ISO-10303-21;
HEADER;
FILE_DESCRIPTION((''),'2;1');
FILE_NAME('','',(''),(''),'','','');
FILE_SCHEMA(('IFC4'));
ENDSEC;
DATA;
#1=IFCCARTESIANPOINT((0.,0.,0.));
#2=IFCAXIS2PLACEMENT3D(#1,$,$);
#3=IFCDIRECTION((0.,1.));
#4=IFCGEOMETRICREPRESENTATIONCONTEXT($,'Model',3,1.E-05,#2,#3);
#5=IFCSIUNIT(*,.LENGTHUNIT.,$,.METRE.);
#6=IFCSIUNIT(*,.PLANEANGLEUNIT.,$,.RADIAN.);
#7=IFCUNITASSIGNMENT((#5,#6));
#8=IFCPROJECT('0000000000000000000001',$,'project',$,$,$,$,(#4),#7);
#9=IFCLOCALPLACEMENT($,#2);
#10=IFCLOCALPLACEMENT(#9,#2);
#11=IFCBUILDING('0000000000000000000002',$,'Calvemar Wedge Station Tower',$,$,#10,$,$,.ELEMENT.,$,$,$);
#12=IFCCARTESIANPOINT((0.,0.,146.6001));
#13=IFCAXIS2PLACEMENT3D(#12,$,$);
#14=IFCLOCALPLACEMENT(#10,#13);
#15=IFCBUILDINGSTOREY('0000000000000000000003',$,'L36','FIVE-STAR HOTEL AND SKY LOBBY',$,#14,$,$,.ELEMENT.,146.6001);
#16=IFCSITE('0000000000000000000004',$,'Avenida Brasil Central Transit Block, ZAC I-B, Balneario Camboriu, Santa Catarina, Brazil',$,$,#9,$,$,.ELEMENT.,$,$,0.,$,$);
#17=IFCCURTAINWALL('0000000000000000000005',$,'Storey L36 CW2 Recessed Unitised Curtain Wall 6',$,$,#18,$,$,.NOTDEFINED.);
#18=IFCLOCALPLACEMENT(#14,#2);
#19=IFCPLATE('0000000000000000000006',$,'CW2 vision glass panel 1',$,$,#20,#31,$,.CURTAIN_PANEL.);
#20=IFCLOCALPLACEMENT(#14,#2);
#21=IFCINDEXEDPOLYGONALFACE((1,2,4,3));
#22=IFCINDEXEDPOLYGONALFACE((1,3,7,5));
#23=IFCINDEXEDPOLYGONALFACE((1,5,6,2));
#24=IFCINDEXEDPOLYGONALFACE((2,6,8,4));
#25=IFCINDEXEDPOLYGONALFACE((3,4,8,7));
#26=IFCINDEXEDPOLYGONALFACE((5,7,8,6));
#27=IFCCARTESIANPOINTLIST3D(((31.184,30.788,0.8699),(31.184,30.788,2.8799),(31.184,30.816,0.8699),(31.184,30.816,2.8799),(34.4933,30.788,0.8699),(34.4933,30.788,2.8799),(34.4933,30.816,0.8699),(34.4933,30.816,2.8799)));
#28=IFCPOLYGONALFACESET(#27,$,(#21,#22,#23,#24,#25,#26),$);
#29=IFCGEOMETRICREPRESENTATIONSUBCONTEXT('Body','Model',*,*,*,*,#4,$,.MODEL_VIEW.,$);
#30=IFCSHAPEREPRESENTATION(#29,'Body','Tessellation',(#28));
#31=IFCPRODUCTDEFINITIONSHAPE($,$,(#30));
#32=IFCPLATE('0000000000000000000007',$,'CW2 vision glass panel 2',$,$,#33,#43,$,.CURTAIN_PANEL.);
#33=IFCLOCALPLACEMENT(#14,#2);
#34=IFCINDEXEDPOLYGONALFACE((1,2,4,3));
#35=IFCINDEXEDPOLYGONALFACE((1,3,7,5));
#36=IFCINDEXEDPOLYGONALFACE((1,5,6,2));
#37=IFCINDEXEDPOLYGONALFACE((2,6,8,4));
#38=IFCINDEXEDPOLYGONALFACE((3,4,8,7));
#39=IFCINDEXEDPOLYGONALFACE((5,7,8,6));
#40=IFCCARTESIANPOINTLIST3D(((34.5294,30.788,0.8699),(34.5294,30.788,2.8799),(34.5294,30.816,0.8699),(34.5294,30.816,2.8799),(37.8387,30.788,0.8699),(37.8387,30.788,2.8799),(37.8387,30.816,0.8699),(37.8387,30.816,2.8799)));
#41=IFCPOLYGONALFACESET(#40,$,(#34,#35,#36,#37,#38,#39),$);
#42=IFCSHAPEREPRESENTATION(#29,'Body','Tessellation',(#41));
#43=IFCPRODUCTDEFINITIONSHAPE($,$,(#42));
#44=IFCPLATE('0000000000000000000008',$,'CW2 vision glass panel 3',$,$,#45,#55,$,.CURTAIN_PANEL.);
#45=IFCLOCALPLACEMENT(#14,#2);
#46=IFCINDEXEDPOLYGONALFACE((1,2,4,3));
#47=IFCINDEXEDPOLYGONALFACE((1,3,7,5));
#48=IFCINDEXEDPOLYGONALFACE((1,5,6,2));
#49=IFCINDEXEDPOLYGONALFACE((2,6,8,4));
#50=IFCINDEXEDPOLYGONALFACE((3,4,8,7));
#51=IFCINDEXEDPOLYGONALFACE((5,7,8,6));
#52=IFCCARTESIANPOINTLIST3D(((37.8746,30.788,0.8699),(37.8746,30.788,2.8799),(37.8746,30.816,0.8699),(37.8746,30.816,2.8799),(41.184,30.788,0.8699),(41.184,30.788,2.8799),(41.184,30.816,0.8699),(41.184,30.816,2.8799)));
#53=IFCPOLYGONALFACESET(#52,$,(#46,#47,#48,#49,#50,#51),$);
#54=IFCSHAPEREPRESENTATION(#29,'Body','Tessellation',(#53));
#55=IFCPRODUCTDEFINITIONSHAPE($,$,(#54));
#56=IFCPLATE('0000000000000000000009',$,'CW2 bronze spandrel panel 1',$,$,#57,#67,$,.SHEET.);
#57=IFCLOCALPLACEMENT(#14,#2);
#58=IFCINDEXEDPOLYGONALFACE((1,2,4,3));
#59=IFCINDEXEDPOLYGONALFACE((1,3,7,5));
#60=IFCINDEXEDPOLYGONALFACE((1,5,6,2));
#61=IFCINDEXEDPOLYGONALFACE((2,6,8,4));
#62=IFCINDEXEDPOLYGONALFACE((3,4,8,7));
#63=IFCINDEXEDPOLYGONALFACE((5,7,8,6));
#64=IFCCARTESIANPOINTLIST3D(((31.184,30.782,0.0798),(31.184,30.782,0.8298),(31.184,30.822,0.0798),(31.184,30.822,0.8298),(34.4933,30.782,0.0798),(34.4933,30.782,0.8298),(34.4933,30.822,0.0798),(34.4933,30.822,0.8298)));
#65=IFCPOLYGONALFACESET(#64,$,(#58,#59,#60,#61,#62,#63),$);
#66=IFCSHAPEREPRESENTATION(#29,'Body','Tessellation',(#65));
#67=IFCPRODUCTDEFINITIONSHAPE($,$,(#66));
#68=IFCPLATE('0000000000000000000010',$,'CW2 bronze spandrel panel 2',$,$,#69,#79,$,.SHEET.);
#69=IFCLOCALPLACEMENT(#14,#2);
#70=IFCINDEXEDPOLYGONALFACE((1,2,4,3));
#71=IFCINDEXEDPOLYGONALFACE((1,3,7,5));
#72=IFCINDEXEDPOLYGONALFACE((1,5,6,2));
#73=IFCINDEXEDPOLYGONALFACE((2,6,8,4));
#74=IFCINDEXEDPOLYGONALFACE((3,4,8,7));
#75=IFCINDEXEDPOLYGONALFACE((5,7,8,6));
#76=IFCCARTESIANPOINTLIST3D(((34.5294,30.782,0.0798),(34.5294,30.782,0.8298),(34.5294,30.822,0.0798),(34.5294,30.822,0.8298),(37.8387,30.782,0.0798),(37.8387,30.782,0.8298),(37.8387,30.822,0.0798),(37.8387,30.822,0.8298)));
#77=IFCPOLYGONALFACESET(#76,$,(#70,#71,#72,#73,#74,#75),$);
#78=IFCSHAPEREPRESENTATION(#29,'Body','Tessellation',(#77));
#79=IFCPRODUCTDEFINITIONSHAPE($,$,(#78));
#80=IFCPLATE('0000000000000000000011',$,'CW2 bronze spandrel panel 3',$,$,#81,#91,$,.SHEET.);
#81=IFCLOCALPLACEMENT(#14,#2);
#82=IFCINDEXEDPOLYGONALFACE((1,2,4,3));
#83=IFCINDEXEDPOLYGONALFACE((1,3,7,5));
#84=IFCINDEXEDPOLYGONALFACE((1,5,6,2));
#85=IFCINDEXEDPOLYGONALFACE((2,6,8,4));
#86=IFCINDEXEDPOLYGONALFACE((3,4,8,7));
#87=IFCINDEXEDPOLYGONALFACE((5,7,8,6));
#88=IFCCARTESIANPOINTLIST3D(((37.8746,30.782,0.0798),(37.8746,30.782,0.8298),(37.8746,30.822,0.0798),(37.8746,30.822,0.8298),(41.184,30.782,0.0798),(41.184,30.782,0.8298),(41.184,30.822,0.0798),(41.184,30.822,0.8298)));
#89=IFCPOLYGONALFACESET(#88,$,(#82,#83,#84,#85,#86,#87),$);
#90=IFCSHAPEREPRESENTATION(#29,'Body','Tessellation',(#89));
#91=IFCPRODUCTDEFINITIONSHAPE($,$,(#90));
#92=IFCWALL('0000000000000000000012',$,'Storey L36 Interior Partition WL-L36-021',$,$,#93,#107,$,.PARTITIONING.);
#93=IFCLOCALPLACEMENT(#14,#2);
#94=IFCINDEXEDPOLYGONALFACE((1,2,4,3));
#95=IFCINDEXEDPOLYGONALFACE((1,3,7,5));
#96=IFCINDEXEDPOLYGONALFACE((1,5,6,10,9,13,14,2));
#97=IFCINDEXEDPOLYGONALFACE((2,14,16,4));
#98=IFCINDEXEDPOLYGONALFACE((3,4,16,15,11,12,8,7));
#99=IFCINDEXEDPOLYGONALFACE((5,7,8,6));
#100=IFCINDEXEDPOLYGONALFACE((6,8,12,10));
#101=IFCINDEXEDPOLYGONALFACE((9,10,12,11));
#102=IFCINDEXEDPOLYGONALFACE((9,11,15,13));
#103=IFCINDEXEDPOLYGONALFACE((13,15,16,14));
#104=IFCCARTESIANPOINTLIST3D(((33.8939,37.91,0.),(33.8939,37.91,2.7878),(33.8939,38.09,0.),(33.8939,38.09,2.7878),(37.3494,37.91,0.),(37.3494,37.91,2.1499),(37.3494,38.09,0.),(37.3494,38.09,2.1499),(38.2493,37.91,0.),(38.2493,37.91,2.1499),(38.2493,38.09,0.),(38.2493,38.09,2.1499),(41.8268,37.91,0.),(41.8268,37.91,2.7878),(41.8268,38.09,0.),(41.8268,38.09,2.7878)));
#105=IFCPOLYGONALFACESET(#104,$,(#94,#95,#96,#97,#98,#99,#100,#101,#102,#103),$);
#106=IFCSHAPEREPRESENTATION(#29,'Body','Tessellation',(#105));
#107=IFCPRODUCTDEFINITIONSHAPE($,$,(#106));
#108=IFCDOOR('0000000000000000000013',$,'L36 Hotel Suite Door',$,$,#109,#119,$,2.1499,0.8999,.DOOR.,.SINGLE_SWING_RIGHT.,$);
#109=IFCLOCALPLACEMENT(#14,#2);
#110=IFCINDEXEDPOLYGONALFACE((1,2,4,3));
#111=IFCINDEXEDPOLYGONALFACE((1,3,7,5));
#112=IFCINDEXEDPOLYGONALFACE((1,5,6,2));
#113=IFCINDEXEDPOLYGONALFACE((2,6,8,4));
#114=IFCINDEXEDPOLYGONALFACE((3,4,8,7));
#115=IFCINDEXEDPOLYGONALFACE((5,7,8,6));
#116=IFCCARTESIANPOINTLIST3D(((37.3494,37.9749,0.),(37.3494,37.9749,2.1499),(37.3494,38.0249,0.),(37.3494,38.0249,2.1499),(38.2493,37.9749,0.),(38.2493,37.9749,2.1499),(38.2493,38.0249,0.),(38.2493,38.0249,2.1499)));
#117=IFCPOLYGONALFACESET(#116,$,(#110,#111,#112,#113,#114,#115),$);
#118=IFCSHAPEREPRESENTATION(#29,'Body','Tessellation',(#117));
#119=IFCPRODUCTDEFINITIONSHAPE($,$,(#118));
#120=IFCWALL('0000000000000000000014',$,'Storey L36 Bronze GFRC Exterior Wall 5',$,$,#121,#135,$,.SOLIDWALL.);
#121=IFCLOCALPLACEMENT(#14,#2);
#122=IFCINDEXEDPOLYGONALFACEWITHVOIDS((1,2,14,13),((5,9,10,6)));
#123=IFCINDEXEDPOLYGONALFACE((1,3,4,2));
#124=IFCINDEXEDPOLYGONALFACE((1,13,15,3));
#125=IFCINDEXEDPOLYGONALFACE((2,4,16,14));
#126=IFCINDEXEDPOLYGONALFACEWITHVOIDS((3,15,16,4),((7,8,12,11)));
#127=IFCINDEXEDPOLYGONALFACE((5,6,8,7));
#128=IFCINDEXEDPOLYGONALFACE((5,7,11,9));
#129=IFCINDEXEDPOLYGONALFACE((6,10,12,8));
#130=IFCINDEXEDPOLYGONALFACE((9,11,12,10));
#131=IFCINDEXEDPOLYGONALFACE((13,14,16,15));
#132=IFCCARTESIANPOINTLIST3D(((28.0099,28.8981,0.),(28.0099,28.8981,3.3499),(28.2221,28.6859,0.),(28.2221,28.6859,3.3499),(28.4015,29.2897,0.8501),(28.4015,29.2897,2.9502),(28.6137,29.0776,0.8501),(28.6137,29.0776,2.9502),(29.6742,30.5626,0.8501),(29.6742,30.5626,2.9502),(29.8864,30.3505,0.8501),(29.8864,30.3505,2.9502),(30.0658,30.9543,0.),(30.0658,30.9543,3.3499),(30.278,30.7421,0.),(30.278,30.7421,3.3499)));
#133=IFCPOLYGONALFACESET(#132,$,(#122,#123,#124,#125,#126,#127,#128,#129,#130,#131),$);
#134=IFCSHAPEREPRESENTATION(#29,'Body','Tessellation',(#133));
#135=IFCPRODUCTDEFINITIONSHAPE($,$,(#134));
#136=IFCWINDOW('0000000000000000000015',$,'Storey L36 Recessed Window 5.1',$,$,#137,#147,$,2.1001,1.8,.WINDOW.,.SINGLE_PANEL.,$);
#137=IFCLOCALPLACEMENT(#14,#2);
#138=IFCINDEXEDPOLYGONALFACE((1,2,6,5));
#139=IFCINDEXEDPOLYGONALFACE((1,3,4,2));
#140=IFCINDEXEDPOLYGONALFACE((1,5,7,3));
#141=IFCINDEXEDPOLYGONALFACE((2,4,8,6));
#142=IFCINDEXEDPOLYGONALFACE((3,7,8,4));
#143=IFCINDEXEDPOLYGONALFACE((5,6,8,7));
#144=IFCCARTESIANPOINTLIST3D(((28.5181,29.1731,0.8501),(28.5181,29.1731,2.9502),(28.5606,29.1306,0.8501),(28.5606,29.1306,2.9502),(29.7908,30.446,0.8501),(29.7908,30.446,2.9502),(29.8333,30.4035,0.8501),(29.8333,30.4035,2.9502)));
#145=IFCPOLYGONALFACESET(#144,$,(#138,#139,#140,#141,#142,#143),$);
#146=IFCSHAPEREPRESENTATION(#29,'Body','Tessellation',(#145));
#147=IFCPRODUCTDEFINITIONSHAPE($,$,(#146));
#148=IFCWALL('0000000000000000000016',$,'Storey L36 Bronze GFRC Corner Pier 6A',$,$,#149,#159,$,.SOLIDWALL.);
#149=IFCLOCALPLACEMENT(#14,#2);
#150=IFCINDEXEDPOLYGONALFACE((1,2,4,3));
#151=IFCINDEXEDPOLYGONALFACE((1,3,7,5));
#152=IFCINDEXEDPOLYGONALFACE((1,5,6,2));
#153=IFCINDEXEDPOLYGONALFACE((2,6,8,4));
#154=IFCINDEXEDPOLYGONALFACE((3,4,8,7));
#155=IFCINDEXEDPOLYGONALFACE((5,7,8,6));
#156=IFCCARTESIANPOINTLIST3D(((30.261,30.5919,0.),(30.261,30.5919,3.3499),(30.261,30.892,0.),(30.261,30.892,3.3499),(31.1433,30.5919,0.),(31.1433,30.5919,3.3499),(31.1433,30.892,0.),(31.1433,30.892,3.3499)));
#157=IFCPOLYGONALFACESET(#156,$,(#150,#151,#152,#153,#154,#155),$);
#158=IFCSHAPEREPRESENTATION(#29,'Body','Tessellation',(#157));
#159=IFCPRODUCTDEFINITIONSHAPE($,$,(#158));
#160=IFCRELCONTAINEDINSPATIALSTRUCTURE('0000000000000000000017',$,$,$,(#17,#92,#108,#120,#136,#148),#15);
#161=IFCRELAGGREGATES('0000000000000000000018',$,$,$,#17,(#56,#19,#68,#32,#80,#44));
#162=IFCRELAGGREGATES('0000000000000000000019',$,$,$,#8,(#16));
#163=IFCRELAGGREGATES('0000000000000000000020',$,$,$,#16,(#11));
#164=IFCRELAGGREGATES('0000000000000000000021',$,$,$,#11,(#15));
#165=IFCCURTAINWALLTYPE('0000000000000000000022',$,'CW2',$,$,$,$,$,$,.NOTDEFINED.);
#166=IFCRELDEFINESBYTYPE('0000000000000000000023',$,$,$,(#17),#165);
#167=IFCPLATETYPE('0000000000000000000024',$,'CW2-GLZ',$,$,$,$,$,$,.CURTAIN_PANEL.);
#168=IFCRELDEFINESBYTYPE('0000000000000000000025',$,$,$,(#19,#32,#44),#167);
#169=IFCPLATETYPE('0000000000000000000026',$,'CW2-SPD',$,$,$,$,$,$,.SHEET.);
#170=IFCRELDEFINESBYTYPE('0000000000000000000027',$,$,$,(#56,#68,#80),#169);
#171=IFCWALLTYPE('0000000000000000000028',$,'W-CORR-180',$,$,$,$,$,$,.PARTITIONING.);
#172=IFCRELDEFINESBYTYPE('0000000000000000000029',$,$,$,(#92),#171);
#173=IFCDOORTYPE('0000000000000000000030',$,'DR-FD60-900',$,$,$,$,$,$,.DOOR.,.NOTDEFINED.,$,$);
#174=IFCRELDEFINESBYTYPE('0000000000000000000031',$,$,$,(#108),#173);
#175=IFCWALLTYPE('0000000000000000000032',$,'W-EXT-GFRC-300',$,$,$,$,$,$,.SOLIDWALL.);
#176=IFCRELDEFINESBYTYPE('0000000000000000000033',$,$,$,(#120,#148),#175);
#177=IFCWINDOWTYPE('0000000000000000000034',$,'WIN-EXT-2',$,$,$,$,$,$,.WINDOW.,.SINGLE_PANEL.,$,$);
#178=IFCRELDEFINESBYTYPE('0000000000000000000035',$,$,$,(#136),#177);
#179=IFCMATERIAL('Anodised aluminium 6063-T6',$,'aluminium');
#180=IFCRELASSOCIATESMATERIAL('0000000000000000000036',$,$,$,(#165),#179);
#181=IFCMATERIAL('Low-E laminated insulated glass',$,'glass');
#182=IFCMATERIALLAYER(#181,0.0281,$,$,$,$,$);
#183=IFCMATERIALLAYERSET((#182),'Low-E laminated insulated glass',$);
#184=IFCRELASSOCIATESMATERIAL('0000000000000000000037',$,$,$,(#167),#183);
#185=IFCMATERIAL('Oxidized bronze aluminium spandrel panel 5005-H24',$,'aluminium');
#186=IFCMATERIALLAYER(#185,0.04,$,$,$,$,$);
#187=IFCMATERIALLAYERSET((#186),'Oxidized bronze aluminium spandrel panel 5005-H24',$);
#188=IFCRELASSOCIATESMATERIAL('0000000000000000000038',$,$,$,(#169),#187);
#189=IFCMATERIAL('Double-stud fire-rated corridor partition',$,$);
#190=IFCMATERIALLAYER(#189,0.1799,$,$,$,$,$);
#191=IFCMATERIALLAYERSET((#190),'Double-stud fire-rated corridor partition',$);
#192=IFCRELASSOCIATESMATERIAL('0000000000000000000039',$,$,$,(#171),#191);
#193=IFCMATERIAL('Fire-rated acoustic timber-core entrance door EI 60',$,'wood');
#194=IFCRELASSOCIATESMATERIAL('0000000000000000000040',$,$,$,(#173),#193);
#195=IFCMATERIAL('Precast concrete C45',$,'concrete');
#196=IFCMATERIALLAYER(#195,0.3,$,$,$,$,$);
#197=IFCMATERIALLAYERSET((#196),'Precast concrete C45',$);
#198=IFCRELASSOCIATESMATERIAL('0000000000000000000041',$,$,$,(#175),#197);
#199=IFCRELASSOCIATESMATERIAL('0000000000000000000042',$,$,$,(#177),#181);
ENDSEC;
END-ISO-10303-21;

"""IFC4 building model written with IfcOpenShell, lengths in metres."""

from ifc_helpers import new_model, si_unit, direction, frame, frame_2d, origin, place, context, subcontext, project, spatial, rectangle, extrude, source, transform, mapped, material, layer, layer_set, type_object, element, fill, aggregate, save


model = new_model("IFC4")

# Units and contexts
model_context = context("Model", 3, precision=1e-05, world=origin(), true_north=direction((0.0, 1.0)))
body_context = subcontext(model_context, "Body", "Model", "MODEL_VIEW")
ifc_project = project(units=[si_unit("LENGTHUNIT", "METRE"), si_unit("PLANEANGLEUNIT", "RADIAN")], contexts=[model_context])

# Site, building, storey
site_placement = place(None, origin())
site = spatial("IfcSite", under=ifc_project, at=site_placement, Name="Avenida Brasil Central Transit Block, ZAC I-B, Balneario Camboriu, Santa Catarina, Brazil", CompositionType="ELEMENT", RefElevation=0.0)
building_placement = place(site_placement, origin())
building = spatial("IfcBuilding", under=site, at=building_placement, Name="Calvemar Wedge Station Tower", CompositionType="ELEMENT")
storey_placement = place(building_placement, frame((0.0, 0.0, 146.6001)))
storey = spatial("IfcBuildingStorey", under=building, at=storey_placement, Name="L36", Description="FIVE-STAR HOTEL AND SKY LOBBY", CompositionType="ELEMENT", Elevation=146.6001)

# Curtain wall, plates
ifc_material_1 = material(Name="Anodised aluminium 6063-T6", Category="aluminium")
curtain_wall_type = type_object("IfcCurtainWallType", Name="CW2", PredefinedType="NOTDEFINED", material=ifc_material_1)
curtain_wall_placement = place(storey_placement, origin())
curtain_wall = element("IfcCurtainWall", 1, at=curtain_wall_placement, inside=storey, type_object=curtain_wall_type, Name="Storey L36 CW2 Recessed Unitised Curtain Wall 6", PredefinedType="NOTDEFINED")
ifc_material_2 = material(Name="Low-E laminated insulated glass", Category="glass")
ifc_layer_1 = layer(ifc_material_2, 0.0281)
ifc_layer_set_1 = layer_set([ifc_layer_1], Name="Low-E laminated insulated glass")
plate_type_1 = type_object("IfcPlateType", Name="CW2-GLZ", PredefinedType="CURTAIN_PANEL", material=ifc_layer_set_1)
plate_1_placement = place(storey_placement, frame((31.1838, 30.802, 0.8699), z_axis=(0.0, 0.0, 1.0), x_axis=(1.0, 0.0, 0.0)))
plate_1 = element("IfcPlate", 2, at=plate_1_placement, type_object=plate_type_1, Name="CW2 vision glass panel 1", PredefinedType="CURTAIN_PANEL", context=body_context, shape_type="SweptSolid", body=[
    extrude(rectangle(XDim=3.3093, YDim=0.0281, at=frame_2d((1.6548, 0.0))), origin(), (0.0, 0.0, 1.0), 2.01),
])
plate_2_placement = place(storey_placement, frame((34.5293, 30.802, 0.8699), z_axis=(0.0, 0.0, 1.0), x_axis=(1.0, 0.0, 0.0)))
plate_2 = element("IfcPlate", 3, at=plate_2_placement, type_object=plate_type_1, Name="CW2 vision glass panel 2", PredefinedType="CURTAIN_PANEL", context=body_context, shape_type="SweptSolid", body=[
    extrude(rectangle(XDim=3.3093, YDim=0.0281, at=frame_2d((1.6548, 0.0))), origin(), (0.0, 0.0, 1.0), 2.01),
])
plate_3_placement = place(storey_placement, frame((37.8745, 30.802, 0.8699), z_axis=(0.0, 0.0, 1.0), x_axis=(1.0, 0.0, 0.0)))
plate_3 = element("IfcPlate", 4, at=plate_3_placement, type_object=plate_type_1, Name="CW2 vision glass panel 3", PredefinedType="CURTAIN_PANEL", context=body_context, shape_type="SweptSolid", body=[
    extrude(rectangle(XDim=3.3093, YDim=0.0281, at=frame_2d((1.6548, 0.0))), origin(), (0.0, 0.0, 1.0), 2.01),
])
ifc_material_3 = material(Name="Oxidized bronze aluminium spandrel panel 5005-H24", Category="aluminium")
ifc_layer_2 = layer(ifc_material_3, 0.04)
ifc_layer_set_2 = layer_set([ifc_layer_2], Name="Oxidized bronze aluminium spandrel panel 5005-H24")
plate_type_2 = type_object("IfcPlateType", Name="CW2-SPD", PredefinedType="SHEET", material=ifc_layer_set_2)
plate_4_placement = place(storey_placement, frame((31.1838, 30.802, 0.0798), z_axis=(0.0, 0.0, 1.0), x_axis=(1.0, 0.0, 0.0)))
plate_4 = element("IfcPlate", 5, at=plate_4_placement, type_object=plate_type_2, Name="CW2 bronze spandrel panel 1", PredefinedType="SHEET", context=body_context, shape_type="SweptSolid", body=[
    extrude(rectangle(XDim=3.3093, YDim=0.04, at=frame_2d((1.6548, 0.0))), origin(), (0.0, 0.0, 1.0), 0.75),
])
plate_5_placement = place(storey_placement, frame((34.5293, 30.802, 0.0798), z_axis=(0.0, 0.0, 1.0), x_axis=(1.0, 0.0, 0.0)))
plate_5 = element("IfcPlate", 6, at=plate_5_placement, type_object=plate_type_2, Name="CW2 bronze spandrel panel 2", PredefinedType="SHEET", context=body_context, shape_type="SweptSolid", body=[
    extrude(rectangle(XDim=3.3093, YDim=0.04, at=frame_2d((1.6548, 0.0))), origin(), (0.0, 0.0, 1.0), 0.75),
])
plate_6_placement = place(storey_placement, frame((37.8745, 30.802, 0.0798), z_axis=(0.0, 0.0, 1.0), x_axis=(1.0, 0.0, 0.0)))
plate_6 = element("IfcPlate", 7, at=plate_6_placement, type_object=plate_type_2, Name="CW2 bronze spandrel panel 3", PredefinedType="SHEET", context=body_context, shape_type="SweptSolid", body=[
    extrude(rectangle(XDim=3.3093, YDim=0.04, at=frame_2d((1.6548, 0.0))), origin(), (0.0, 0.0, 1.0), 0.75),
])
aggregate(curtain_wall, [plate_4, plate_1, plate_5, plate_2, plate_6, plate_3])

# Wall, opening, door
ifc_material_4 = material(Name="Double-stud fire-rated corridor partition")
ifc_layer_3 = layer(ifc_material_4, 0.1799)
ifc_layer_set_3 = layer_set([ifc_layer_3], Name="Double-stud fire-rated corridor partition")
wall_type_1 = type_object("IfcWallType", Name="W-CORR-180", PredefinedType="PARTITIONING", material=ifc_layer_set_3)
wall_1_placement = place(storey_placement, frame((33.894, 38.0, 0.0), z_axis=(0.0, 0.0, 1.0), x_axis=(1.0, 0.0, 0.0)))
wall_1 = element("IfcWall", 8, at=wall_1_placement, inside=storey, type_object=wall_type_1, Name="Storey L36 Interior Partition WL-L36-021", PredefinedType="PARTITIONING", context=body_context, shape_type="SweptSolid", body=[
    extrude(rectangle(XDim=7.9329, YDim=0.1799, at=frame_2d((3.9663, 0.0))), origin(), (0.0, 0.0, 1.0), 2.7878),
])
shared_shape_1 = source(origin(), body_context, "Body", "SweptSolid", [
    extrude(rectangle(XDim=0.8999, YDim=2.1499, at=frame_2d((0.45, 1.075))), frame((0.0, 0.1001, 0.0), z_axis=(0.0, -1.0, 0.0), x_axis=(1.0, 0.0, 0.0)), (0.0, 0.0, 1.0), 0.2),
])
opening_1_placement = place(wall_1_placement, frame((3.4553, 0.0, 0.0)))
opening_1 = element("IfcOpeningElement", 9, at=opening_1_placement, cuts=wall_1, PredefinedType="OPENING", context=body_context, shape_type="MappedRepresentation", body=[
    mapped(shared_shape_1, transform((0.0, 0.0, 0.0), scale=1.0)),
])
ifc_material_5 = material(Name="Fire-rated acoustic timber-core entrance door EI 60", Category="wood")
door_type_1 = type_object("IfcDoorType", Name="DR-FD60-900", OperationType="NOTDEFINED", PredefinedType="DOOR", material=ifc_material_5)
shared_shape_2 = source(origin(), body_context, "Body", "SweptSolid", [
    extrude(rectangle(XDim=0.8999, YDim=2.1499, at=frame_2d((0.45, 1.075))), frame((0.0, 0.0249, 0.0), z_axis=(0.0, -1.0, 0.0), x_axis=(1.0, 0.0, 0.0)), (0.0, 0.0, 1.0), 0.05),
])
door_1_placement = place(opening_1_placement, origin())
door_1 = element("IfcDoor", 10, at=door_1_placement, inside=storey, type_object=door_type_1, Name="L36 Hotel Suite Door", OperationType="SINGLE_SWING_RIGHT", OverallHeight=2.1499, OverallWidth=0.8999, PredefinedType="DOOR", context=body_context, shape_type="MappedRepresentation", body=[
    mapped(shared_shape_2, transform((0.0, 0.0, 0.0), scale=1.0)),
])
fill(opening_1, door_1)

# Wall, opening, window
ifc_material_6 = material(Name="Precast concrete C45", Category="concrete")
ifc_layer_4 = layer(ifc_material_6, 0.3)
ifc_layer_set_4 = layer_set([ifc_layer_4], Name="Precast concrete C45")
wall_type_2 = type_object("IfcWallType", Name="W-EXT-GFRC-300", PredefinedType="SOLIDWALL", material=ifc_layer_set_4)
wall_2_placement = place(storey_placement, frame((28.116, 28.792, 0.0), z_axis=(0.0, 0.0, 1.0), x_axis=(0.707065, 0.707149, 0.0)))
wall_2 = element("IfcWall", 11, at=wall_2_placement, inside=storey, type_object=wall_type_2, Name="Storey L36 Bronze GFRC Exterior Wall 5", PredefinedType="SOLIDWALL", context=body_context, shape_type="SweptSolid", body=[
    extrude(rectangle(XDim=2.9077, YDim=0.3, at=frame_2d((1.4539, 0.0))), origin(), (0.0, 0.0, 1.0), 3.3499),
])
shared_shape_3 = source(origin(), body_context, "Body", "SweptSolid", [
    extrude(rectangle(XDim=1.8, YDim=2.1001, at=frame_2d((0.8999, 1.05))), frame((0.0, 0.1602, 0.0), z_axis=(0.0, -1.0, 0.0), x_axis=(1.0, 0.0, 0.0)), (0.0, 0.0, 1.0), 0.3201),
])
opening_2_placement = place(wall_2_placement, frame((0.554, 0.0, 0.8501)))
opening_2 = element("IfcOpeningElement", 12, at=opening_2_placement, cuts=wall_2, PredefinedType="OPENING", context=body_context, shape_type="MappedRepresentation", body=[
    mapped(shared_shape_3, transform((0.0, 0.0, 0.0), scale=1.0)),
])
window_type = type_object("IfcWindowType", Name="WIN-EXT-2", PartitioningType="SINGLE_PANEL", PredefinedType="WINDOW", material=ifc_material_2)
shared_shape_4 = source(origin(), body_context, "Body", "SweptSolid", [
    extrude(rectangle(XDim=1.8, YDim=2.1001, at=frame_2d((0.8999, 1.05))), frame((0.0, -0.0149, 0.0), z_axis=(0.0, -1.0, 0.0), x_axis=(1.0, 0.0, 0.0)), (0.0, 0.0, 1.0), 0.0601),
])
window_placement = place(opening_2_placement, origin())
window = element("IfcWindow", 13, at=window_placement, inside=storey, type_object=window_type, Name="Storey L36 Recessed Window 5.1", OverallHeight=2.1001, OverallWidth=1.8, PartitioningType="SINGLE_PANEL", PredefinedType="WINDOW", context=body_context, shape_type="MappedRepresentation", body=[
    mapped(shared_shape_4, transform((0.0, 0.0, 0.0), scale=1.0)),
])
fill(opening_2, window)

# Wall
wall_3_placement = place(storey_placement, frame((30.261, 30.7419, 0.0), z_axis=(0.0, 0.0, 1.0), x_axis=(1.0, 0.0, 0.0)))
element("IfcWall", 14, at=wall_3_placement, inside=storey, type_object=wall_type_2, Name="Storey L36 Bronze GFRC Corner Pier 6A", PredefinedType="SOLIDWALL", context=body_context, shape_type="SweptSolid", body=[
    extrude(rectangle(XDim=0.8823, YDim=0.3, at=frame_2d((0.4412, 0.0))), origin(), (0.0, 0.0, 1.0), 3.3499),
])

save(model, "model.ifc")
